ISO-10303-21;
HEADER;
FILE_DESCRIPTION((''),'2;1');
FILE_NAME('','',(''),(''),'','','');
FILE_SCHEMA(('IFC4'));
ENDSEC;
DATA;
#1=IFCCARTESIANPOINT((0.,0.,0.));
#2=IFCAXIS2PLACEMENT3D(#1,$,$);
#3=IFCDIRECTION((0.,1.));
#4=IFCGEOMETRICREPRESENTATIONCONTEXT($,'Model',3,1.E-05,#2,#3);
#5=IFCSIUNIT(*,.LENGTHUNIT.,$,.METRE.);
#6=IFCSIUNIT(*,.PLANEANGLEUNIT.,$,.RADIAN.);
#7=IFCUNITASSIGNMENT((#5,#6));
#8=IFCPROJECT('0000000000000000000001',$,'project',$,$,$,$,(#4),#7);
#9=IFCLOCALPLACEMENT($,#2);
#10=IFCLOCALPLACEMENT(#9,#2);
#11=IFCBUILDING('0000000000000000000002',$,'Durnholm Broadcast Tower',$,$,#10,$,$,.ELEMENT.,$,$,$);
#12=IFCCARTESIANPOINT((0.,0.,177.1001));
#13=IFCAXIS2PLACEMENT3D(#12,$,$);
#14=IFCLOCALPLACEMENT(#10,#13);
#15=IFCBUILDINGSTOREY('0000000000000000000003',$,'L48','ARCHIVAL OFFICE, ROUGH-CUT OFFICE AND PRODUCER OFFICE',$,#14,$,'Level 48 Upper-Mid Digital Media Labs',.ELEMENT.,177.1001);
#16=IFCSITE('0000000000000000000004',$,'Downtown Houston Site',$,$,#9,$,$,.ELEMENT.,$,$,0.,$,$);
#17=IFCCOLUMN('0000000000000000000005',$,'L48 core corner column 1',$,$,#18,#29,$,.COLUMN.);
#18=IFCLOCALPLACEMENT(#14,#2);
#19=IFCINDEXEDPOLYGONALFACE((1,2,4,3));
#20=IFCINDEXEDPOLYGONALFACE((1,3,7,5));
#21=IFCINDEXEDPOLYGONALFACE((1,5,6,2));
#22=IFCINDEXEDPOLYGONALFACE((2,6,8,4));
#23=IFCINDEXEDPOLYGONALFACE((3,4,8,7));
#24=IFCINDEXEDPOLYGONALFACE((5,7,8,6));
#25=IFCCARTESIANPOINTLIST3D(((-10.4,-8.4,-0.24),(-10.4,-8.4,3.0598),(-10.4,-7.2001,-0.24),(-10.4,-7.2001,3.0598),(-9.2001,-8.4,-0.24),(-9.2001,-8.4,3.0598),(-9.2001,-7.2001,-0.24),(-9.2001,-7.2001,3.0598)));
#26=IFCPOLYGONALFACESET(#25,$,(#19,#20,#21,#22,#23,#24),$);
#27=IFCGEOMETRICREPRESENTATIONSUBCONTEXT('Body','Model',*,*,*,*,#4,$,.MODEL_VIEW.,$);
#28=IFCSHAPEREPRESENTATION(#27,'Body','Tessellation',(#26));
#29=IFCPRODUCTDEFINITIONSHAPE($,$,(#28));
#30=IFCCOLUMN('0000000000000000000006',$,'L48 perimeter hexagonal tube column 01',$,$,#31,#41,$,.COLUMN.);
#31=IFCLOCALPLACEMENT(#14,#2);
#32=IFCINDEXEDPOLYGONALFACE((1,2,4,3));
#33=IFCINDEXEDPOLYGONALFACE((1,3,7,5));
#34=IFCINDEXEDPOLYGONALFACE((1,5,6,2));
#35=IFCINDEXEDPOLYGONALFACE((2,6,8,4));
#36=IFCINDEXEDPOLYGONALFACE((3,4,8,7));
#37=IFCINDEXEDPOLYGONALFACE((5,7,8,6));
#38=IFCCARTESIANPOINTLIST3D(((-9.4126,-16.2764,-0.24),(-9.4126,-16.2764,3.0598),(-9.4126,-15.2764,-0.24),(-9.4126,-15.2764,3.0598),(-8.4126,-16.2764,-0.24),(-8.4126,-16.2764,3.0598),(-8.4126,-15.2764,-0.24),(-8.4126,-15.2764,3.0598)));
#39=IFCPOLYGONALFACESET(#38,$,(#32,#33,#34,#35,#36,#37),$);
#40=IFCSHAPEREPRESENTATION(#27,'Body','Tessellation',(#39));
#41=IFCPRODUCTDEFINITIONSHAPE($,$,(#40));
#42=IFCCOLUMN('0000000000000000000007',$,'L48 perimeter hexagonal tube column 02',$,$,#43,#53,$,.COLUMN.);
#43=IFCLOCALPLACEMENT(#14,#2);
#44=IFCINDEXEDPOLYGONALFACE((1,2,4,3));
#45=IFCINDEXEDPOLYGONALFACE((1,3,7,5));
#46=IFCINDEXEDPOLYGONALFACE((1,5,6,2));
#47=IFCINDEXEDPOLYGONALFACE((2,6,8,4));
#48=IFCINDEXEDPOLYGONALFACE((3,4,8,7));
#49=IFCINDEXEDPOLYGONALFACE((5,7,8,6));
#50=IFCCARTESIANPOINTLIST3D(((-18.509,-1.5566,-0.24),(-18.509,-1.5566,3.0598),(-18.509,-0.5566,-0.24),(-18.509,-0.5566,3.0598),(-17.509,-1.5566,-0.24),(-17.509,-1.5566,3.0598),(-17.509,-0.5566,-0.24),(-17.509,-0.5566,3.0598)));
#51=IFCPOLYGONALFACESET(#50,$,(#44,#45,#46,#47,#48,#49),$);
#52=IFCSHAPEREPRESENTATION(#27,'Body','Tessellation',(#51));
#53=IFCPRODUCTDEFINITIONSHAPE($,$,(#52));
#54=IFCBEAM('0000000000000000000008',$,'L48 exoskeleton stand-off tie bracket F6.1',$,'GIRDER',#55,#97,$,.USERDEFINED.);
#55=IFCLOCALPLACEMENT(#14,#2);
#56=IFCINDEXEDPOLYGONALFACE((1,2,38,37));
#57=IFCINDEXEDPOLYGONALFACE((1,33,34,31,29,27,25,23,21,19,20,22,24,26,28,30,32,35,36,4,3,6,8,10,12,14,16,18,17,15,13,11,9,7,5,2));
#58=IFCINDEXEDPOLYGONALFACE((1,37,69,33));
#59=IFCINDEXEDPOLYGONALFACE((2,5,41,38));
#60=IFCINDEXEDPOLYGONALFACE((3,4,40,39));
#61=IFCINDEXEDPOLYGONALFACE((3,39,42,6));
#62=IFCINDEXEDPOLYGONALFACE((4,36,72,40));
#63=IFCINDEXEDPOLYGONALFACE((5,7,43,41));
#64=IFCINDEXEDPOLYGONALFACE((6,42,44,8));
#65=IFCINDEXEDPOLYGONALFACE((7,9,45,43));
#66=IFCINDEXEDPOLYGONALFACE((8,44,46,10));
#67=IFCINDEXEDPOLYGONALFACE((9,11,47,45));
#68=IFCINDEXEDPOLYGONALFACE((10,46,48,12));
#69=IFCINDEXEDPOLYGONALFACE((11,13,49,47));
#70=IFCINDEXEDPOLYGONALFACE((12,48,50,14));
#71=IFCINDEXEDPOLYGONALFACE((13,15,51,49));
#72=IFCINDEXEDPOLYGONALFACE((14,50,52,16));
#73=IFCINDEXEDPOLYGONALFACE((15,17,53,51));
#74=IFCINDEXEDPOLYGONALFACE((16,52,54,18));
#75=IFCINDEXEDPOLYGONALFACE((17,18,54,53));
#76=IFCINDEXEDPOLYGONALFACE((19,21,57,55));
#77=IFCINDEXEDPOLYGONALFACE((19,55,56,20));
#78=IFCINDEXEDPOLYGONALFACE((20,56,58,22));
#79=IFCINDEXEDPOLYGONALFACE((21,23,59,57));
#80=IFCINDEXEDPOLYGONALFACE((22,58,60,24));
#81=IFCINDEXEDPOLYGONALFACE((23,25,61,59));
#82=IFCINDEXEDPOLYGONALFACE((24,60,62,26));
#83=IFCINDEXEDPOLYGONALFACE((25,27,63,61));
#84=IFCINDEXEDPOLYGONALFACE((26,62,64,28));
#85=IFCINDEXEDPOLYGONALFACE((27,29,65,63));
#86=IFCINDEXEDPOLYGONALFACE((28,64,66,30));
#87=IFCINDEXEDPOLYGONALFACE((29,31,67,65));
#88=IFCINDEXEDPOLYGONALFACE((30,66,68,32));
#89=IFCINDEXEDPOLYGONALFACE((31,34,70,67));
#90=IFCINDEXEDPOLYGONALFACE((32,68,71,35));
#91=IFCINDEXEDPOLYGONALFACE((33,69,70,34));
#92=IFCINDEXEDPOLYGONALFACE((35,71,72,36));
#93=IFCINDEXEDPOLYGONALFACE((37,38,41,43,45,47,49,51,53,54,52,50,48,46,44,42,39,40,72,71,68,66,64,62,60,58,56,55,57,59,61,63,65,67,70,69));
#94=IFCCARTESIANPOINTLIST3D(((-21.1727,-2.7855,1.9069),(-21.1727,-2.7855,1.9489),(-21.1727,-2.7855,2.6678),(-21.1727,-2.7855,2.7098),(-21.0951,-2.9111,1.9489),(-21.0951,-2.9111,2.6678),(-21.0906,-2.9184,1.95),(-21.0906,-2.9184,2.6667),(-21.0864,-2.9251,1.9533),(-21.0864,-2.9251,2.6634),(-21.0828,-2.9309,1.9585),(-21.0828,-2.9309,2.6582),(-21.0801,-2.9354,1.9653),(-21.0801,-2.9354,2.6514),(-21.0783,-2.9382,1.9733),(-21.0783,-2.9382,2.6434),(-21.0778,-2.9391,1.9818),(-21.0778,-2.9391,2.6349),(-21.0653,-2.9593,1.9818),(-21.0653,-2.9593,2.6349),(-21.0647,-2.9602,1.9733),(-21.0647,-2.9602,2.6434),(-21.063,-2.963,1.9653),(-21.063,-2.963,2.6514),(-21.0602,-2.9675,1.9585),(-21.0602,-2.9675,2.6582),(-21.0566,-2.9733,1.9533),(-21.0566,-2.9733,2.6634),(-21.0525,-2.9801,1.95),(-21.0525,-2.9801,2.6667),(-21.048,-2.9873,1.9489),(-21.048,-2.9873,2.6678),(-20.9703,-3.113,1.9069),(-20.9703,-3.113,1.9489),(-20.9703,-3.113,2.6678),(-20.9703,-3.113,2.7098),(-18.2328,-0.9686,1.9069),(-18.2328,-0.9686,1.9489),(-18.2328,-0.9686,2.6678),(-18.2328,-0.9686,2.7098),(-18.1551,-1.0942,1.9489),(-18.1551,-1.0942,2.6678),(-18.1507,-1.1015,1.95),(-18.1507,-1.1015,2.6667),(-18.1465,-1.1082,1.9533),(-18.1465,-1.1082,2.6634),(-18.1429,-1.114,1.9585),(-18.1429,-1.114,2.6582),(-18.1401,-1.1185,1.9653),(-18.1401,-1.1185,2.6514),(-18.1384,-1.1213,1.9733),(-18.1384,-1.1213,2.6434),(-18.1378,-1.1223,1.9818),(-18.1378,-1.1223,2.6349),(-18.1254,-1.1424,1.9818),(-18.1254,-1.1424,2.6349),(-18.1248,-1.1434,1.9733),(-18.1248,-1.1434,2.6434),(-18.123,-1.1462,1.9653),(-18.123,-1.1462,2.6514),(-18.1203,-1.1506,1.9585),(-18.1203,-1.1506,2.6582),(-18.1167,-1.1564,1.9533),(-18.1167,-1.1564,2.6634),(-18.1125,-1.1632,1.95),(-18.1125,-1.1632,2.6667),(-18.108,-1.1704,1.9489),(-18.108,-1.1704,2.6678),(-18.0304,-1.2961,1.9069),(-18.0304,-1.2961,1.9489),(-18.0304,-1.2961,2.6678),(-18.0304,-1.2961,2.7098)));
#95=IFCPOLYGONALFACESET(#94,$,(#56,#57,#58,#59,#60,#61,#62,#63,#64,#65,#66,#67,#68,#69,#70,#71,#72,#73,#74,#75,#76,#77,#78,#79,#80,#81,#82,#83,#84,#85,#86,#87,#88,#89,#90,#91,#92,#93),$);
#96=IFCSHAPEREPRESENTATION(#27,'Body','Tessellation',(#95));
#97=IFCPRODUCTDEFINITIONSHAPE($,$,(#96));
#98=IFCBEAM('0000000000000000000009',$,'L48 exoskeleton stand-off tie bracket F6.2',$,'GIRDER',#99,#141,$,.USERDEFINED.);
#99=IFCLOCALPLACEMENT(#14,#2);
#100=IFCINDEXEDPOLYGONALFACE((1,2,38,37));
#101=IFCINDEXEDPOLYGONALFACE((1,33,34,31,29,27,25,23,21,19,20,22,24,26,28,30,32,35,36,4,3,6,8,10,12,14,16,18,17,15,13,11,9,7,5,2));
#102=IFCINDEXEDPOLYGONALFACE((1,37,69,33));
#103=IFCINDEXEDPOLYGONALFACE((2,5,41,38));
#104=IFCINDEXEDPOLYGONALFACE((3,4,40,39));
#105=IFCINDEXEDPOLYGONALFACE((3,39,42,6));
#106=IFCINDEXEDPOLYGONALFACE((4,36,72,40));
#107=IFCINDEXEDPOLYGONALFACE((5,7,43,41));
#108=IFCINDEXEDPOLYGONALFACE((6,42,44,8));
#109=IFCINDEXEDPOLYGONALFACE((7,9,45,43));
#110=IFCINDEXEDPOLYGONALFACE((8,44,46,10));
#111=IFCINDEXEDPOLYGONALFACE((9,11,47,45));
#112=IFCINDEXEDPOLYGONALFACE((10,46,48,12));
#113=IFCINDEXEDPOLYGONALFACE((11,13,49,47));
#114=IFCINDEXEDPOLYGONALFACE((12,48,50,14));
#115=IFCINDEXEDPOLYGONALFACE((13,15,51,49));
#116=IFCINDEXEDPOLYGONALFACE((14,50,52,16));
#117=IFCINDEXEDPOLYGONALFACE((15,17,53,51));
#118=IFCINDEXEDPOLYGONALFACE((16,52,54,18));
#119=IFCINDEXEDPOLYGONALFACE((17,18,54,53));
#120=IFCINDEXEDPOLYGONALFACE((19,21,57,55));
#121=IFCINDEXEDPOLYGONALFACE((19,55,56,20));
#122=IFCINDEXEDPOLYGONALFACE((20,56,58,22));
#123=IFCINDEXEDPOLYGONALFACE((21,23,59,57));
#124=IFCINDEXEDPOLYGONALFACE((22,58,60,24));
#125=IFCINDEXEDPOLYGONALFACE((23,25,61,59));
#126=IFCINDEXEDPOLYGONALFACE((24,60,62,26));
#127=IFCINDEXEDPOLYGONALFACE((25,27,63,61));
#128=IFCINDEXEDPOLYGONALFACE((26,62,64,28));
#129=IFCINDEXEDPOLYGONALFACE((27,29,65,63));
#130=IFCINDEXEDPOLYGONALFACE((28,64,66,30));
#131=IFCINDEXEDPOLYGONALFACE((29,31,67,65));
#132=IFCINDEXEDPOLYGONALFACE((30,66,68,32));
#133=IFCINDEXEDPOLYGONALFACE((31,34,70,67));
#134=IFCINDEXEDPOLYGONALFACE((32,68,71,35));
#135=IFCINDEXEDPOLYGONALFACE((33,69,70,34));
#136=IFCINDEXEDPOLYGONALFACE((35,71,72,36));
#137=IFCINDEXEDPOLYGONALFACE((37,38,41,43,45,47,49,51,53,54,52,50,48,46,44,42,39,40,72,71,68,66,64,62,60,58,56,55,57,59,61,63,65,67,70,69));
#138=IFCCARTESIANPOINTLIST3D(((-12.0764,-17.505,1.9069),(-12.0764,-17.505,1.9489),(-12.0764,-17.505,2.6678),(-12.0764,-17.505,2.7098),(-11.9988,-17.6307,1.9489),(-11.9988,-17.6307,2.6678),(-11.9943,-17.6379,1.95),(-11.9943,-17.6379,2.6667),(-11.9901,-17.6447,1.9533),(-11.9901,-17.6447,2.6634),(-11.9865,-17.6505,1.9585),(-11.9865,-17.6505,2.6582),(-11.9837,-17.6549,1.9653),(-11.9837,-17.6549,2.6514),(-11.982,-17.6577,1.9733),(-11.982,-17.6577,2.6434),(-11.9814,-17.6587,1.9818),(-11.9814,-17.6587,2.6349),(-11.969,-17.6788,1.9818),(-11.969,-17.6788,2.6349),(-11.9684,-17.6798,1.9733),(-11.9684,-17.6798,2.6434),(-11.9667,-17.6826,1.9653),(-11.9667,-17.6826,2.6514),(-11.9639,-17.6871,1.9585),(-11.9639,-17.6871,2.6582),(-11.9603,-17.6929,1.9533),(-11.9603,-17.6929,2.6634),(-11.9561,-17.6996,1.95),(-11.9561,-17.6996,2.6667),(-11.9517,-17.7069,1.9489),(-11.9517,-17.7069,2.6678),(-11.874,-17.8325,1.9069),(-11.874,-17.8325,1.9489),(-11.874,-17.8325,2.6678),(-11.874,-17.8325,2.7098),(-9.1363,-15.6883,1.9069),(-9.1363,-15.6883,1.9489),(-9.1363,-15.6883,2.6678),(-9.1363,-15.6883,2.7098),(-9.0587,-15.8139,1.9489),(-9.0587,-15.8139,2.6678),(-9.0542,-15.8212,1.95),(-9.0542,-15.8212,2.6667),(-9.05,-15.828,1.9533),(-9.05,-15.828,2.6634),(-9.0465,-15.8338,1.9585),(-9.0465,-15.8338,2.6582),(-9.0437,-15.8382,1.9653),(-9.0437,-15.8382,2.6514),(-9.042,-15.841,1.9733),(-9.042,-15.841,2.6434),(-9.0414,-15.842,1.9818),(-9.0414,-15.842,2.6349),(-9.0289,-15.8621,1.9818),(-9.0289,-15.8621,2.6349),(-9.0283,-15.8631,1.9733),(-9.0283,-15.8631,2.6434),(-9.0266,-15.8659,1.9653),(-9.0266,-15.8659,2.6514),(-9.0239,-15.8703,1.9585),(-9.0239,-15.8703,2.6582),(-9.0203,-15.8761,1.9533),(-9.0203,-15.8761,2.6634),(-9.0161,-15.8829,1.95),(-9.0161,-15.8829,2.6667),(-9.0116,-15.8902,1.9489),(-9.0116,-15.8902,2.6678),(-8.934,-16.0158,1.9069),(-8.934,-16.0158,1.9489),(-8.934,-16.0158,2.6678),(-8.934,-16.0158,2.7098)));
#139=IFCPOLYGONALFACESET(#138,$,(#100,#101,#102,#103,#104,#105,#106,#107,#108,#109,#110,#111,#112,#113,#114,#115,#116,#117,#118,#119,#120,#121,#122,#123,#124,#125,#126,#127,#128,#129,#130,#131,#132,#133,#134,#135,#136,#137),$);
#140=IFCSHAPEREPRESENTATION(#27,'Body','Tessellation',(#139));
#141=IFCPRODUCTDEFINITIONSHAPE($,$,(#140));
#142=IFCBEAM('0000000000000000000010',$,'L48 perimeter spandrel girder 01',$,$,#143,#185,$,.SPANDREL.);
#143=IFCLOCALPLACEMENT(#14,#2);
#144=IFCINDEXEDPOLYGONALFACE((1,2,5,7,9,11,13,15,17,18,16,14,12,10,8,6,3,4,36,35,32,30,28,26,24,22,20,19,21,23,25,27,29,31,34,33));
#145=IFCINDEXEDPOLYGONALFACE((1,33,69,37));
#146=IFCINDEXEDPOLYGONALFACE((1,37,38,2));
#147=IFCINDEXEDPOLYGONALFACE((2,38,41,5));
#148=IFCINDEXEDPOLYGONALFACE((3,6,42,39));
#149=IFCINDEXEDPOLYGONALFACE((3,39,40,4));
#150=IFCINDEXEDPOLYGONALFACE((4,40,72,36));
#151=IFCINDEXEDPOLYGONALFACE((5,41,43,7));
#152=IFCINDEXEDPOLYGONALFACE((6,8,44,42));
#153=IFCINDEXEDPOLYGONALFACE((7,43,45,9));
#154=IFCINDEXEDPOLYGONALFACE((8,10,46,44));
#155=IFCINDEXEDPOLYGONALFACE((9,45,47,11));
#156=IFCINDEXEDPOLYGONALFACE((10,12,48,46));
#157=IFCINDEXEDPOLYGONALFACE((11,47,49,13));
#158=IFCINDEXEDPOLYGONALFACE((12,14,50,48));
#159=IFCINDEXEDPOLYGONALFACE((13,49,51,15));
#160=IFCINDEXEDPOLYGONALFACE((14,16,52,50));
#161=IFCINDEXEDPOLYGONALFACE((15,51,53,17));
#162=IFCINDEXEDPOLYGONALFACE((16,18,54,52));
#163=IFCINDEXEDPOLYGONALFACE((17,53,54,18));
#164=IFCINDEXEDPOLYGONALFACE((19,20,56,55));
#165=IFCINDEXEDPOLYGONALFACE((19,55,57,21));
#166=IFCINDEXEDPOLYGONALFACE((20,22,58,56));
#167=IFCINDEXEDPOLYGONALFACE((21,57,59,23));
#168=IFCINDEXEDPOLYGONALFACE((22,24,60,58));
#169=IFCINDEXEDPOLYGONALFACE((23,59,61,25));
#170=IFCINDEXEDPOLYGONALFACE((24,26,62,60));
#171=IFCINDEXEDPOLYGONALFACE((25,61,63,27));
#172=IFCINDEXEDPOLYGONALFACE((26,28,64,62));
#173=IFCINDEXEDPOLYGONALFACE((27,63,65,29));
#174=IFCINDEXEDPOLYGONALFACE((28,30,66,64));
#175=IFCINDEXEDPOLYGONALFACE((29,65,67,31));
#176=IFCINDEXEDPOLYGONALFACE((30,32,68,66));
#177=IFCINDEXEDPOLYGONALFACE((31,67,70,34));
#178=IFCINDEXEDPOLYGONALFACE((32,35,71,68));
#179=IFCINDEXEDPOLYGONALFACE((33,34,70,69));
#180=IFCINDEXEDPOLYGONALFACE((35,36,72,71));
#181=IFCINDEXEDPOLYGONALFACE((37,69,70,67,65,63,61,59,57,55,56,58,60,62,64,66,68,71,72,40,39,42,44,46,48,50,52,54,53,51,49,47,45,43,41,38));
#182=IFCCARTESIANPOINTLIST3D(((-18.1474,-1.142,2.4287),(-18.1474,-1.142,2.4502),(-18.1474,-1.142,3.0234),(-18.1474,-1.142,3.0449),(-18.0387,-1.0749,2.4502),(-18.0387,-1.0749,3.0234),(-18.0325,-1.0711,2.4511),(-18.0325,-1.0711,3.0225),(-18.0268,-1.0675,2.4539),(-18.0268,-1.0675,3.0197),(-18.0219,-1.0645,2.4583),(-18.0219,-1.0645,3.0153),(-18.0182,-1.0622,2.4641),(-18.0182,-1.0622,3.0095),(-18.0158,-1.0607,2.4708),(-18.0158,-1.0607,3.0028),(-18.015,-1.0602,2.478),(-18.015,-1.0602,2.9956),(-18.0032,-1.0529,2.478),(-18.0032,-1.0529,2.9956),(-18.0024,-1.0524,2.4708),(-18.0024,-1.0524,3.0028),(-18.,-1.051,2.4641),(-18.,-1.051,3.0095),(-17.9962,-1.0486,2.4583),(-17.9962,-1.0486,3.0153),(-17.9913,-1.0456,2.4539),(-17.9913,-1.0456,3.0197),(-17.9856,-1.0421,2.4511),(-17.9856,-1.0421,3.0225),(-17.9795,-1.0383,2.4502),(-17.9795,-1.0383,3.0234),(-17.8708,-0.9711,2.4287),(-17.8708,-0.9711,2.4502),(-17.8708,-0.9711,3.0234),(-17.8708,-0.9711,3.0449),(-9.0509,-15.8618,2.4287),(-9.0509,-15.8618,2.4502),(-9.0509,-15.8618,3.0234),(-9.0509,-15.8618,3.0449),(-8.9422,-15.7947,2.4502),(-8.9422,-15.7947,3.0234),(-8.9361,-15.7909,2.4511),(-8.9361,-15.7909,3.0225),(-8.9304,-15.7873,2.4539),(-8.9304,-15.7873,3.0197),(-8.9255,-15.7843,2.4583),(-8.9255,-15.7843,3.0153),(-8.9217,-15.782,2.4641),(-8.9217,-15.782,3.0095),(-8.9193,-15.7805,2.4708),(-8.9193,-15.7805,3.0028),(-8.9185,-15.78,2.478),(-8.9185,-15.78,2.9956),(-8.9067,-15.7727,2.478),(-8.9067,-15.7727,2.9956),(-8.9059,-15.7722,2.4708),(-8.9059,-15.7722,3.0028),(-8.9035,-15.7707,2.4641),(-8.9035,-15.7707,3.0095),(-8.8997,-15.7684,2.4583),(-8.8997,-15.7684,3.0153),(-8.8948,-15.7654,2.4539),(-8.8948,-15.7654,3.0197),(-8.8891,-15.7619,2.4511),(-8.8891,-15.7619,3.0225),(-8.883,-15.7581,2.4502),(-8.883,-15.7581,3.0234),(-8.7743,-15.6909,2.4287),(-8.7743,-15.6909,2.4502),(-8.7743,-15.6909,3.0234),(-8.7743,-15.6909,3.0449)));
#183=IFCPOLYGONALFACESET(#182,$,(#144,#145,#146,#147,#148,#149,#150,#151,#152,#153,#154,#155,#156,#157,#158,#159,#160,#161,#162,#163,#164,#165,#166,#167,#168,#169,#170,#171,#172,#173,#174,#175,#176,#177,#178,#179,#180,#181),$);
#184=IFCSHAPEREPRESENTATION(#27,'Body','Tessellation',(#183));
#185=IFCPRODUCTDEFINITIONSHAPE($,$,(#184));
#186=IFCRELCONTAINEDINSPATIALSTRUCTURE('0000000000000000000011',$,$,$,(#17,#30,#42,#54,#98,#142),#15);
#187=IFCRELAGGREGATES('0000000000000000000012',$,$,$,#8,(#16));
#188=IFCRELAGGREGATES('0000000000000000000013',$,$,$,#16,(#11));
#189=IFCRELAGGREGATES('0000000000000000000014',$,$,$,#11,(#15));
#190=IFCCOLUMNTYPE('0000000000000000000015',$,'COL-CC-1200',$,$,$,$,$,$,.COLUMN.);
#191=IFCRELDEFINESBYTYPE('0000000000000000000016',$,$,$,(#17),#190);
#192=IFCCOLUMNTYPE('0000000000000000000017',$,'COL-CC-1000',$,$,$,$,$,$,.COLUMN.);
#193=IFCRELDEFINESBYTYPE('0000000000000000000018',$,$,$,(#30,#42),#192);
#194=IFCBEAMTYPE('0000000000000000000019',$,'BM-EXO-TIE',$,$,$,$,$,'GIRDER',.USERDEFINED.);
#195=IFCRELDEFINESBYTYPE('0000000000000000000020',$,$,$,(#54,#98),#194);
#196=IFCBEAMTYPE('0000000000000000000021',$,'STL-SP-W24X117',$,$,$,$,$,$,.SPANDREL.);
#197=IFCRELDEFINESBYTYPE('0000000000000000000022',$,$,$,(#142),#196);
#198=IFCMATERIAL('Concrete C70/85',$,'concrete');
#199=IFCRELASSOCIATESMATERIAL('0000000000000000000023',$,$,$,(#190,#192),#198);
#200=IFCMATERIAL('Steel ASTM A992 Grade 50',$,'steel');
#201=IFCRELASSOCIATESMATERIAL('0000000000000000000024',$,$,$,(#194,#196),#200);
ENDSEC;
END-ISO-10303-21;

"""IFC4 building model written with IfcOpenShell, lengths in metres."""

from ifc_helpers import new_model, si_unit, direction, frame, origin, origin_2d, place, context, subcontext, project, spatial, rectangle, i_section, extrude, source, transform, mapped, material, material_profile, profile_set, type_object, type_shapes, element, save


model = new_model("IFC4")

# Units and contexts
model_context = context("Model", 3, precision=1e-05, world=origin(), true_north=direction((0.0, 1.0)))
body_context = subcontext(model_context, "Body", "Model", "MODEL_VIEW")
ifc_project = project(units=[si_unit("LENGTHUNIT", "METRE"), si_unit("PLANEANGLEUNIT", "RADIAN")], contexts=[model_context])

# Site, building, storey
site_placement = place(None, origin())
site = spatial("IfcSite", under=ifc_project, at=site_placement, Name="Downtown Houston Site", CompositionType="ELEMENT", RefElevation=0.0)
building_placement = place(site_placement, origin())
building = spatial("IfcBuilding", under=site, at=building_placement, Name="Durnholm Broadcast Tower", CompositionType="ELEMENT")
storey_placement = place(building_placement, frame((0.0, 0.0, 177.1001)))
storey = spatial("IfcBuildingStorey", under=building, at=storey_placement, Name="L48", Description="ARCHIVAL OFFICE, ROUGH-CUT OFFICE AND PRODUCER OFFICE", LongName="Level 48 Upper-Mid Digital Media Labs", CompositionType="ELEMENT", Elevation=177.1001)

# Columns
ifc_material_1 = material(Name="Concrete C70/85", Category="concrete")
ifc_material_profile_1 = material_profile(ifc_material_1, rectangle(XDim=1.2, YDim=1.2, at=origin_2d()), Name="RC1200X1200")
ifc_profile_set_1 = profile_set([ifc_material_profile_1], Name="Concrete C70/85")
column_type_1 = type_object("IfcColumnType", Name="COL-CC-1200", PredefinedType="COLUMN", material=ifc_profile_set_1)
shared_shape_1 = source(origin(), body_context, "Body", "SweptSolid", [
    extrude(rectangle(XDim=1.2, YDim=1.2, at=origin_2d()), origin(), (0.0, 0.0, 1.0), 3.2998),
])
type_shapes(column_type_1, [shared_shape_1])
column_placement = place(storey_placement, frame((-9.8, -7.8, -0.24), z_axis=(0.0, 0.0, 1.0), x_axis=(1.0, 0.0, 0.0)))
element("IfcColumn", 1, at=column_placement, inside=storey, type_object=column_type_1, Name="L48 core corner column 1", PredefinedType="COLUMN", context=body_context, shape_type="MappedRepresentation", body=[
    mapped(shared_shape_1, transform((0.0, 0.0, 0.0), x_axis=(1.0, 0.0, 0.0), y_axis=(0.0, 1.0, 0.0), z_axis=(0.0, 0.0, 1.0), scale=1.0)),
])
ifc_material_profile_2 = material_profile(ifc_material_1, rectangle(XDim=1.0, YDim=1.0, at=origin_2d()), Name="RC1000X1000")
ifc_profile_set_2 = profile_set([ifc_material_profile_2], Name="Concrete C70/85")
column_type_2 = type_object("IfcColumnType", Name="COL-CC-1000", PredefinedType="COLUMN", material=ifc_profile_set_2)
shared_shape_2 = source(origin(), body_context, "Body", "SweptSolid", [
    extrude(rectangle(XDim=1.0, YDim=1.0, at=origin_2d()), origin(), (0.0, 0.0, 1.0), 3.2998),
])
type_shapes(column_type_2, [shared_shape_2])
for number, where, z_axis, x_axis, name in (
    (2, (-8.9126, -15.7764, -0.24), (0.0, 0.0, 1.0), (1.0, 0.0, 0.0), "L48 perimeter hexagonal tube column 01"),
    (3, (-18.009, -1.0566, -0.24), (0.0, 0.0, 1.0), (1.0, 0.0, 0.0), "L48 perimeter hexagonal tube column 02"),
):
    element("IfcColumn", number, at=place(storey_placement, frame(where, z_axis=z_axis, x_axis=x_axis)), inside=storey, type_object=column_type_2, Name=name, PredefinedType="COLUMN", context=body_context, shape_type="MappedRepresentation", body=[
        mapped(shared_shape_2, transform((0.0, 0.0, 0.0), x_axis=(1.0, 0.0, 0.0), y_axis=(0.0, 1.0, 0.0), z_axis=(0.0, 0.0, 1.0), scale=1.0)),
    ])

# Beams
ifc_material_2 = material(Name="Steel ASTM A992 Grade 50", Category="steel")
ifc_material_profile_3 = material_profile(ifc_material_2, i_section(OverallWidth=0.385, OverallDepth=0.803, WebThickness=0.0237, FlangeThickness=0.042, FilletRadius=0.033, at=origin_2d()), Name="W30X261")
ifc_profile_set_3 = profile_set([ifc_material_profile_3], Name="Steel ASTM A992 Grade 50")
beam_type_1 = type_object("IfcBeamType", Name="BM-EXO-TIE", ElementType="GIRDER", PredefinedType="USERDEFINED", material=ifc_profile_set_3)
shared_shape_3 = source(origin(), body_context, "Body", "SweptSolid", [
    extrude(i_section(OverallWidth=0.385, OverallDepth=0.803, WebThickness=0.0237, FlangeThickness=0.042, FilletRadius=0.033, at=origin_2d()), origin(), (0.0, 0.0, 1.0), 3.4561),
])
for number, where, z_axis, x_axis, name in (
    (4, (-18.1316, -1.1323, 2.3083), (-0.850662, -0.525712, 0.0), (0.525712, -0.850662, 0.0), "L48 exoskeleton stand-off tie bracket F6.1"),
    (5, (-9.0352, -15.8521, 2.3083), (-0.850694, -0.525661, 0.0), (0.525661, -0.850694, 0.0), "L48 exoskeleton stand-off tie bracket F6.2"),
):
    element("IfcBeam", number, at=place(storey_placement, frame(where, z_axis=z_axis, x_axis=x_axis)), inside=storey, type_object=beam_type_1, Name=name, ObjectType="GIRDER", PredefinedType="USERDEFINED", context=body_context, shape_type="MappedRepresentation", body=[
        mapped(shared_shape_3, transform((0.0, 0.0, 0.0), x_axis=(1.0, 0.0, 0.0), y_axis=(0.0, 1.0, 0.0), z_axis=(0.0, 0.0, 1.0), scale=1.0)),
    ])
ifc_material_profile_4 = material_profile(ifc_material_2, i_section(OverallWidth=0.3252, OverallDepth=0.6162, WebThickness=0.0139, FlangeThickness=0.0215, FilletRadius=0.0278, at=origin_2d()), Name="W24X117")
ifc_profile_set_4 = profile_set([ifc_material_profile_4], Name="Steel ASTM A992 Grade 50")
beam_type_2 = type_object("IfcBeamType", Name="STL-SP-W24X117", PredefinedType="SPANDREL", material=ifc_profile_set_4)
shared_shape_4 = source(origin(), body_context, "Body", "SweptSolid", [
    extrude(i_section(OverallWidth=0.3252, OverallDepth=0.6162, WebThickness=0.0139, FlangeThickness=0.0215, FilletRadius=0.0278, at=origin_2d()), origin(), (0.0, 0.0, 1.0), 17.3037),
])
beam_1_placement = place(storey_placement, frame((-8.9126, -15.7764, 2.7368), z_axis=(-0.525695, 0.850673, 0.0), x_axis=(-0.850673, -0.525695, 0.0)))
element("IfcBeam", 6, at=beam_1_placement, inside=storey, type_object=beam_type_2, Name="L48 perimeter spandrel girder 01", PredefinedType="SPANDREL", context=body_context, shape_type="MappedRepresentation", body=[
    mapped(shared_shape_4, transform((0.0, 0.0, 0.0), x_axis=(1.0, 0.0, 0.0), y_axis=(0.0, 1.0, 0.0), z_axis=(0.0, 0.0, 1.0), scale=1.0)),
])

save(model, "model.ifc")
